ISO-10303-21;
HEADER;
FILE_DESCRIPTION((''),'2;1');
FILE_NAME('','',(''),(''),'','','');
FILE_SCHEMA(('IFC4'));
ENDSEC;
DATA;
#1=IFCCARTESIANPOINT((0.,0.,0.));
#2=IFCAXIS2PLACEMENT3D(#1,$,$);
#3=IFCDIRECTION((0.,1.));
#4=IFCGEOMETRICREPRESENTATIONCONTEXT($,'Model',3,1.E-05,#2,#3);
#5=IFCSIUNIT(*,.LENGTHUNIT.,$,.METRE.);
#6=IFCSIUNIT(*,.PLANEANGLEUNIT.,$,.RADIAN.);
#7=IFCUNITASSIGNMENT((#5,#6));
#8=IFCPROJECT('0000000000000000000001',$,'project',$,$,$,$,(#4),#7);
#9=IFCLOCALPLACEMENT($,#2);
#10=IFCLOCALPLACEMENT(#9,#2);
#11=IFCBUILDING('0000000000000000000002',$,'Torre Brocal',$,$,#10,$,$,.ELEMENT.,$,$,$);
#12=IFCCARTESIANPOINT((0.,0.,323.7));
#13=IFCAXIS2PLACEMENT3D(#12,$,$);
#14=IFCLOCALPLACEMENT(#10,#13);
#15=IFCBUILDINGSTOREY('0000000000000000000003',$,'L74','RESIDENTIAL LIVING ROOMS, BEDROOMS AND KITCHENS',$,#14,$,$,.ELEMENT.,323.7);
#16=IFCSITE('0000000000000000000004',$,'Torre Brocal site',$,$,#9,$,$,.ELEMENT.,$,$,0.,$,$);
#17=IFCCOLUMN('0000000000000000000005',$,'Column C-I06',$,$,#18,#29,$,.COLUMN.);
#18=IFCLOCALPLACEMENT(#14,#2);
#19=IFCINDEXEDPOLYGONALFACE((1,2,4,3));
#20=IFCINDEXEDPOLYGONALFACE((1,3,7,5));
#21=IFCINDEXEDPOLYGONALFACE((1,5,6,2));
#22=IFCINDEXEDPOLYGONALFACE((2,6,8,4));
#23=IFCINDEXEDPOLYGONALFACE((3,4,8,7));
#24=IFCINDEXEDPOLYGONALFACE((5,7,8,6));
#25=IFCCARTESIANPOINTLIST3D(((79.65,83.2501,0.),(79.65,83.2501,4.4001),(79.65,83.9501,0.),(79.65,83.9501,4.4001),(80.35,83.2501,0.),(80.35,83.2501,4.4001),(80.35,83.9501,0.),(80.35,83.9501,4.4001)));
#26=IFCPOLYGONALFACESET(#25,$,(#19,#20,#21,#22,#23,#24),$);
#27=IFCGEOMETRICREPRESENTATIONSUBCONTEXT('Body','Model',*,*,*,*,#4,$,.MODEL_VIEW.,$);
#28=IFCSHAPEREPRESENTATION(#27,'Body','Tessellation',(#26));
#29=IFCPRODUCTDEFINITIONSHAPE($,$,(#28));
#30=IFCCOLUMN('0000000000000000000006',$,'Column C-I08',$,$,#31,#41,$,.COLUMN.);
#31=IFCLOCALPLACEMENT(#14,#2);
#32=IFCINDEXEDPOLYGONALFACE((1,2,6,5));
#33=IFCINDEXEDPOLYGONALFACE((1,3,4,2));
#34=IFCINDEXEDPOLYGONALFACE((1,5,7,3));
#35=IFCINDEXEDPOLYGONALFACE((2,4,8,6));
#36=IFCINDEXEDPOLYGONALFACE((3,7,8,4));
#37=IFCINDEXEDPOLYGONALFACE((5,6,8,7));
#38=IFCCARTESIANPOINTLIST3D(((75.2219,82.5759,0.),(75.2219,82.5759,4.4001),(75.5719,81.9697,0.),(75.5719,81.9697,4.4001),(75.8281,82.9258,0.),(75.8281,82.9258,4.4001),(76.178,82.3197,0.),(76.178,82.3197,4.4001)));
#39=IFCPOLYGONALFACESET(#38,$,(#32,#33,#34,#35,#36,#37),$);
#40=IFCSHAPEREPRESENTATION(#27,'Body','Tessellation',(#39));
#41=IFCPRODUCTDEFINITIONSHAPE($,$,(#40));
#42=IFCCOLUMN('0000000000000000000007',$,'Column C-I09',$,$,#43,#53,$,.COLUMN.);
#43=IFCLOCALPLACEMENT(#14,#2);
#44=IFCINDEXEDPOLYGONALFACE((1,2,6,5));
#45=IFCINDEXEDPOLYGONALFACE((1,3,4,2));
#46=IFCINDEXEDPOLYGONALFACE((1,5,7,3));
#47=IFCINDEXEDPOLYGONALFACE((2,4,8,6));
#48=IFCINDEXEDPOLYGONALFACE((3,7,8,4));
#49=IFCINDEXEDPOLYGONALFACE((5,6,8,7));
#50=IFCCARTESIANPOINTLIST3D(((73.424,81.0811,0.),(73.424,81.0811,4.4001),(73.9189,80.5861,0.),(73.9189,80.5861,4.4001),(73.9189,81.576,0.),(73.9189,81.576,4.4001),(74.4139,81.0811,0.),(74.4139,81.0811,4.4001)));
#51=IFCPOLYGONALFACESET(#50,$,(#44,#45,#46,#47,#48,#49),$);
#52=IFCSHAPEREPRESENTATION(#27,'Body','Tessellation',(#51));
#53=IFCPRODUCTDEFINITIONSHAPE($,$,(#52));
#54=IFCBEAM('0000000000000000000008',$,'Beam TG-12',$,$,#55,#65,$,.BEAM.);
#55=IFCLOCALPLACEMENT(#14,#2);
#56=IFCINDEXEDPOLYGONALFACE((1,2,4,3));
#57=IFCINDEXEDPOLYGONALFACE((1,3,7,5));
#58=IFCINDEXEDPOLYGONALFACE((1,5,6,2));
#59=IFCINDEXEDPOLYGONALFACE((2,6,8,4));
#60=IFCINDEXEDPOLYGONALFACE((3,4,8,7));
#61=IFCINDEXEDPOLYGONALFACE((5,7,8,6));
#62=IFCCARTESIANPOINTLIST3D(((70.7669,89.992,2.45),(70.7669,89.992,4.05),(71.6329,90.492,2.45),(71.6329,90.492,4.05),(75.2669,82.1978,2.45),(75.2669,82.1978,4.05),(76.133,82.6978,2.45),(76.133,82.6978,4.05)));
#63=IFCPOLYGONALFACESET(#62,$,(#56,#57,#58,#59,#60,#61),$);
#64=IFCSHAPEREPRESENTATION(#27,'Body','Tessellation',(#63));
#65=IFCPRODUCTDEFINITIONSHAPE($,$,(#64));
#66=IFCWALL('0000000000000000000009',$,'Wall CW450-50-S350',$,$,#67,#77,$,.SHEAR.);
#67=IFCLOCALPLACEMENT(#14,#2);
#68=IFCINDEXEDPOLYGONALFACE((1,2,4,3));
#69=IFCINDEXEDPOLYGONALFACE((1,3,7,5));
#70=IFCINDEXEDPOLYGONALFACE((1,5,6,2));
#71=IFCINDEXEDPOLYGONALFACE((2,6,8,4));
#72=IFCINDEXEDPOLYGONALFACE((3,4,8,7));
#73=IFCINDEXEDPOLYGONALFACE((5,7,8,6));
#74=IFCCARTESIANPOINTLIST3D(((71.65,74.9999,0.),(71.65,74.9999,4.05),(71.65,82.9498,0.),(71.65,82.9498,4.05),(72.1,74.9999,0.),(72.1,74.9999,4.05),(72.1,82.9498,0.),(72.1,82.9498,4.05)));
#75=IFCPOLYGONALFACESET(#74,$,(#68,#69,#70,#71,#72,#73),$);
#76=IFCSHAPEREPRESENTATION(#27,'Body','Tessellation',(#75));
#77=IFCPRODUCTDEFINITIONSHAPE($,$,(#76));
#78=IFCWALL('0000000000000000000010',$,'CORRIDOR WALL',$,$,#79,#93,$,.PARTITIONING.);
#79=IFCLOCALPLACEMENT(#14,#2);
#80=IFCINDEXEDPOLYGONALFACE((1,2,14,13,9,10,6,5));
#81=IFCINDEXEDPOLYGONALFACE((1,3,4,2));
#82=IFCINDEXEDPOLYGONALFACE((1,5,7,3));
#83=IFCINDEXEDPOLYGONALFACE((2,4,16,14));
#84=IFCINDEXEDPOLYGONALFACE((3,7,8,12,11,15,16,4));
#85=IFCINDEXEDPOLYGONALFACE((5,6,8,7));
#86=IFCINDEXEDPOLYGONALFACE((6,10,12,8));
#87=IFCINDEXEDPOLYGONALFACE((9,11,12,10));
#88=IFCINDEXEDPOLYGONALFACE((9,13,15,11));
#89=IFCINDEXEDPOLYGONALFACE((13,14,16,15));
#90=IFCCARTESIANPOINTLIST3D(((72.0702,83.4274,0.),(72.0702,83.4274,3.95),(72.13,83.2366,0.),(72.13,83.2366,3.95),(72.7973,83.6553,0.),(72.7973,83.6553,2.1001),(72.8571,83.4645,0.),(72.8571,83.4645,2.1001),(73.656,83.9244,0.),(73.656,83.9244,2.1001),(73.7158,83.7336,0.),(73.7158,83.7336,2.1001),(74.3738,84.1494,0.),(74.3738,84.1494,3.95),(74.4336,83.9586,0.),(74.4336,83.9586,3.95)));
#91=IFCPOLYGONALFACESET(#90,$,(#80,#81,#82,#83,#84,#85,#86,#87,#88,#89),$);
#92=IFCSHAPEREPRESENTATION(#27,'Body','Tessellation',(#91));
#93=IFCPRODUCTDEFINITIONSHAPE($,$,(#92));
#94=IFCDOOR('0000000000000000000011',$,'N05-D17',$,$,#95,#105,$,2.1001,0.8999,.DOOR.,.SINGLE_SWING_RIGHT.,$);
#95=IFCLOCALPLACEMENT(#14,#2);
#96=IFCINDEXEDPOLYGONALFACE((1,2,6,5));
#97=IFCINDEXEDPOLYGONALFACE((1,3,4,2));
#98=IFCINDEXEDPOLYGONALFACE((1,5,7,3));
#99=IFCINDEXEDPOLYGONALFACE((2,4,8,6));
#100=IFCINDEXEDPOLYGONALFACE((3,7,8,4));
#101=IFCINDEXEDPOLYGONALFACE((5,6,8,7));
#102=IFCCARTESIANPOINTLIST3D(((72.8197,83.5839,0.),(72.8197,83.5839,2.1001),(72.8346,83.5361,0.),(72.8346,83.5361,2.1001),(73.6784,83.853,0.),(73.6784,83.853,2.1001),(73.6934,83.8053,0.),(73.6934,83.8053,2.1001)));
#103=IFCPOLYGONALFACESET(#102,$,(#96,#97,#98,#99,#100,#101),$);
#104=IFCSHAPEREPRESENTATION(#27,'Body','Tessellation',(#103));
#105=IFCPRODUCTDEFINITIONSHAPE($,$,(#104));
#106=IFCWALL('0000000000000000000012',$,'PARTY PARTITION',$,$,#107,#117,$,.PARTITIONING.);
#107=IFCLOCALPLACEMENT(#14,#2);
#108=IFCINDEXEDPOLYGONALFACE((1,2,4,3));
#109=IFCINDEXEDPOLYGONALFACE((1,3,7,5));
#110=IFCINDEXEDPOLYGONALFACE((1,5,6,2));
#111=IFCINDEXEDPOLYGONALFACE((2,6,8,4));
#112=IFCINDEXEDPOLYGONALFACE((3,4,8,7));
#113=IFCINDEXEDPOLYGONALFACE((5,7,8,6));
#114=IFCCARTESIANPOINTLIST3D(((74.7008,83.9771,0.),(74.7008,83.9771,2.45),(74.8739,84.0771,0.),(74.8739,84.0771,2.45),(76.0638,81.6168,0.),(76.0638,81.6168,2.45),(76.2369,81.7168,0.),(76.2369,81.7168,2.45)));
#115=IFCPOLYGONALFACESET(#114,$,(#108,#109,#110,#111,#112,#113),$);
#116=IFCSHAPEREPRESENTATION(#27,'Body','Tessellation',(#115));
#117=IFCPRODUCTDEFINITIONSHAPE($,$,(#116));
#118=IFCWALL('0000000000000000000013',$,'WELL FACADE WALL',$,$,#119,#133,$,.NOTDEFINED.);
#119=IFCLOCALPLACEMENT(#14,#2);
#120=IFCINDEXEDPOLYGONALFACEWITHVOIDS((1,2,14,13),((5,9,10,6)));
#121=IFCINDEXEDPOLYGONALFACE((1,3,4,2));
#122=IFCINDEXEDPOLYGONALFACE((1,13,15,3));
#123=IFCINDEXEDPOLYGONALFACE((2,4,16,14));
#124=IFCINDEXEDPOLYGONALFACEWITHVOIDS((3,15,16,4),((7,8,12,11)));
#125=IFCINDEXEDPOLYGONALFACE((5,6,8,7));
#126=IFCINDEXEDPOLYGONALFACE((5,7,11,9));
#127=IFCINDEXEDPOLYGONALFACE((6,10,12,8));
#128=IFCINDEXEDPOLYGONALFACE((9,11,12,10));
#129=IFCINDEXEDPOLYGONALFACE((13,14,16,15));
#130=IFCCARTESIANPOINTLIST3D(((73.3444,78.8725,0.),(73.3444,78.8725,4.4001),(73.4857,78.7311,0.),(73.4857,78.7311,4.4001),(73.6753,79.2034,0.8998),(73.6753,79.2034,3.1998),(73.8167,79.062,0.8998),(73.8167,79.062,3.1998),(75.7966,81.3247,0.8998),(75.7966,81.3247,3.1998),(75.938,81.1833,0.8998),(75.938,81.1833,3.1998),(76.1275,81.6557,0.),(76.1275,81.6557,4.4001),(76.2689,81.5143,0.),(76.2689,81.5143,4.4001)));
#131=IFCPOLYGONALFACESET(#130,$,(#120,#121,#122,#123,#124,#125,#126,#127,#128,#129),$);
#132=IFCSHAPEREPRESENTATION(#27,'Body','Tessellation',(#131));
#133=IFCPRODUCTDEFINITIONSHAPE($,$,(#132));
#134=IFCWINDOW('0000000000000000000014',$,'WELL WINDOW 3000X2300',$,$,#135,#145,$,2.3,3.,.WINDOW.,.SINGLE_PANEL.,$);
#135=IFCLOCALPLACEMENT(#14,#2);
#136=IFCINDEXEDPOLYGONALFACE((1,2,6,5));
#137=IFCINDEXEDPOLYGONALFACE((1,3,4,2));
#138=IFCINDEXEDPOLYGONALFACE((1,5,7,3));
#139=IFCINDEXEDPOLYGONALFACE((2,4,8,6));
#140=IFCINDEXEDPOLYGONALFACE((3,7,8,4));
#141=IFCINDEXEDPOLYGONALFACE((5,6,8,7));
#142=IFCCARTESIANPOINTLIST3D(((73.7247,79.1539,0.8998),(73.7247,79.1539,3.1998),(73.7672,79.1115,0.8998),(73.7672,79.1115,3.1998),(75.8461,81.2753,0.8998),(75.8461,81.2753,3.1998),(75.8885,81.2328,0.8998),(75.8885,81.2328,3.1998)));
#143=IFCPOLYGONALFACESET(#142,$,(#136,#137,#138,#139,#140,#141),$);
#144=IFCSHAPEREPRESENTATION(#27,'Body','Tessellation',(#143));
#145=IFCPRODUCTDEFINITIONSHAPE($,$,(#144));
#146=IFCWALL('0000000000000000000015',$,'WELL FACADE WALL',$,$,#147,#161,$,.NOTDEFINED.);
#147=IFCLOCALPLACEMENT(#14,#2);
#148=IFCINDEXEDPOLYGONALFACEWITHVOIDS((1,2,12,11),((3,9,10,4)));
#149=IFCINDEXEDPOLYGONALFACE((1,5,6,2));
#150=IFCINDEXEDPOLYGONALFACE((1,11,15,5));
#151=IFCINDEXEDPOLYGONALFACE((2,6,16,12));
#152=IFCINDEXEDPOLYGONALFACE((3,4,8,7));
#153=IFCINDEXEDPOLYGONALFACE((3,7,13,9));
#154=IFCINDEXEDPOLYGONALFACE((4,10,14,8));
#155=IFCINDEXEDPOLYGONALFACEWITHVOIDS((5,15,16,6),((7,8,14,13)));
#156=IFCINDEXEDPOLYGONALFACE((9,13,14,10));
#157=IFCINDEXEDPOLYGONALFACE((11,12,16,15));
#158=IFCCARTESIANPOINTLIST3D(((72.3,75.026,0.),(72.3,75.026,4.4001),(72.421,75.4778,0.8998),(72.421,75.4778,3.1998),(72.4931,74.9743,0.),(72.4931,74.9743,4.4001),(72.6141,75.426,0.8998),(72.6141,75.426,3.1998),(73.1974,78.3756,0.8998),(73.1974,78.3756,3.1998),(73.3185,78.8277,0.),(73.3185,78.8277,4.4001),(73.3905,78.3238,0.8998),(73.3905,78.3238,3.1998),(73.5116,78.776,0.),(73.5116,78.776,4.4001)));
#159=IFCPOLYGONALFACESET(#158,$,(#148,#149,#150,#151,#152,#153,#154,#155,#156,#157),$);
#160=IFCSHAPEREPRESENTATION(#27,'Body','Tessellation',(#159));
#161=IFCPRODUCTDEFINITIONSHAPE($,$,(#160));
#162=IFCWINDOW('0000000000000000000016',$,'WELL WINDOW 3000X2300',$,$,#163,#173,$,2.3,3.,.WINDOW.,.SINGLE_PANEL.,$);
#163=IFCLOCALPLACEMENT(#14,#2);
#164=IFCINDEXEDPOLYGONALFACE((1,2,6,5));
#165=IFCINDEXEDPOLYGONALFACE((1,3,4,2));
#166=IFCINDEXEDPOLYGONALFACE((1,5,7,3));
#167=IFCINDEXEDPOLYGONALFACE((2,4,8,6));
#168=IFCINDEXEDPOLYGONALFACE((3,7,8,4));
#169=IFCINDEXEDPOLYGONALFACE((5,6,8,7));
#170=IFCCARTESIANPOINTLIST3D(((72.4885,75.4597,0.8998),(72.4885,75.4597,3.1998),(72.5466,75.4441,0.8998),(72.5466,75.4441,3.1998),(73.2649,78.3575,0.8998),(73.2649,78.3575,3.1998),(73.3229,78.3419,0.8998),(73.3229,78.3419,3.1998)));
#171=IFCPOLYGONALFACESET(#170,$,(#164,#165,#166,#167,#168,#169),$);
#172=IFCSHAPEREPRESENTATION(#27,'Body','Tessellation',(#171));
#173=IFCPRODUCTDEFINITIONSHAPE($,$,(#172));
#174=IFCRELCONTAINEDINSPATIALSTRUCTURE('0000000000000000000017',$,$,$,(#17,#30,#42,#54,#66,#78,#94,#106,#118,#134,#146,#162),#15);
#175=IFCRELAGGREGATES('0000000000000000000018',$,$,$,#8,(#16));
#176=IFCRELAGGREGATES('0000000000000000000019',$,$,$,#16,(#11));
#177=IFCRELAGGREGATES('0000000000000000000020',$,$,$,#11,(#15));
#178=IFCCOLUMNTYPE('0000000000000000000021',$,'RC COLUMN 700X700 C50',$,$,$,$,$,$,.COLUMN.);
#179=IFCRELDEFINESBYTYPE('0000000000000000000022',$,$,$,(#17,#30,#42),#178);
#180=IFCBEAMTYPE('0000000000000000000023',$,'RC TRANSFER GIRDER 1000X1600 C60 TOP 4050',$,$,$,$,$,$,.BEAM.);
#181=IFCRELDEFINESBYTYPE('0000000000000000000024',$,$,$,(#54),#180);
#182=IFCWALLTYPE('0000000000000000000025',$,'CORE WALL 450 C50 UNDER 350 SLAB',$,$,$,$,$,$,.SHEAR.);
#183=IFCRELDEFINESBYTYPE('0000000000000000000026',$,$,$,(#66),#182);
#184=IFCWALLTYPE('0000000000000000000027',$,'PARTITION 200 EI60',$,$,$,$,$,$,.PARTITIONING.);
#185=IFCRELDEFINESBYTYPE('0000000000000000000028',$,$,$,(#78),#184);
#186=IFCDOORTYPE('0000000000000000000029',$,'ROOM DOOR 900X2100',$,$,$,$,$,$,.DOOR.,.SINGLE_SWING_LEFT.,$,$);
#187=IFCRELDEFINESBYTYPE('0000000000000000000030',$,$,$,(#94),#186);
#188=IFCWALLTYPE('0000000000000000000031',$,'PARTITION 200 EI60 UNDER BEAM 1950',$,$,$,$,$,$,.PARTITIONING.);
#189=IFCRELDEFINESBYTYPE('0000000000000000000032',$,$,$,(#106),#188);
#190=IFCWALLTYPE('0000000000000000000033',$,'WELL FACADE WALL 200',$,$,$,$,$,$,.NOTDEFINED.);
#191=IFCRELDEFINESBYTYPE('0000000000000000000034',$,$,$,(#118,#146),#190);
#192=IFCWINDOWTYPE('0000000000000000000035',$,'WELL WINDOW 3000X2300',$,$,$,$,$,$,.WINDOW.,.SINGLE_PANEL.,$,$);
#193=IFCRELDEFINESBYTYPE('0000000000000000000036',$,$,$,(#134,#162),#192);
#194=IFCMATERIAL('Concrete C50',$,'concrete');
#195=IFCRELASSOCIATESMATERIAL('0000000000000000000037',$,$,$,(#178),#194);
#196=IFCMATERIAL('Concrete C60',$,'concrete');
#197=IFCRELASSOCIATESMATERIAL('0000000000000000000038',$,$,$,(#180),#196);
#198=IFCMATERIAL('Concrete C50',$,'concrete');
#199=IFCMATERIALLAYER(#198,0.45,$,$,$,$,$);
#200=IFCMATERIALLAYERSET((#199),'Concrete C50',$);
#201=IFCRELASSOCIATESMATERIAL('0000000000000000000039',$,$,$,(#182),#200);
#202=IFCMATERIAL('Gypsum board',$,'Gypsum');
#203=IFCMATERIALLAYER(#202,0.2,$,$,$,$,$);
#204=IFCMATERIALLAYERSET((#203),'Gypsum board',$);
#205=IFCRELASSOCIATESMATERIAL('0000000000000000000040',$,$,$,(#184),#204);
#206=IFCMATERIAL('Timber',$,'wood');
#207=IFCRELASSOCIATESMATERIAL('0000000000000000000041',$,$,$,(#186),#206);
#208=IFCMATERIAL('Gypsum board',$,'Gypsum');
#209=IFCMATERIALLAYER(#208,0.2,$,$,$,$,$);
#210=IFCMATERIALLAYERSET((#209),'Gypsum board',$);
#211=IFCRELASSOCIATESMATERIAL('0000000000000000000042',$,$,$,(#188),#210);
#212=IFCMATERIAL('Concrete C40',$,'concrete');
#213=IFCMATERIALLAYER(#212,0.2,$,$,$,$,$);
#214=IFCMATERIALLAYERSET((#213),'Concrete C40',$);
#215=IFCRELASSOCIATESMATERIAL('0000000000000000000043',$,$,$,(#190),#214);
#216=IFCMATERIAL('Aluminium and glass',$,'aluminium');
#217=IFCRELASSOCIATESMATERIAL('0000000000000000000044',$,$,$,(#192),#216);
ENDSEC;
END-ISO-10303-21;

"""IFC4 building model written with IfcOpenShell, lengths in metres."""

from ifc_helpers import new_model, si_unit, direction, frame, frame_2d, origin, origin_2d, place, context, subcontext, project, spatial, rectangle, extrude, material, layer, layer_set, material_profile, profile_set, type_object, element, fill, save


model = new_model("IFC4")

# Units and contexts
model_context = context("Model", 3, precision=1e-05, world=origin(), true_north=direction((0.0, 1.0)))
body_context = subcontext(model_context, "Body", "Model", "MODEL_VIEW")
ifc_project = project(units=[si_unit("LENGTHUNIT", "METRE"), si_unit("PLANEANGLEUNIT", "RADIAN")], contexts=[model_context])

# Site, building, storey
site_placement = place(None, origin())
site = spatial("IfcSite", under=ifc_project, at=site_placement, Name="Torre Brocal site", CompositionType="ELEMENT", RefElevation=0.0)
building_placement = place(site_placement, origin())
building = spatial("IfcBuilding", under=site, at=building_placement, Name="Torre Brocal", CompositionType="ELEMENT")
storey_placement = place(building_placement, frame((0.0, 0.0, 323.7)))
storey = spatial("IfcBuildingStorey", under=building, at=storey_placement, Name="L74", Description="RESIDENTIAL LIVING ROOMS, BEDROOMS AND KITCHENS", CompositionType="ELEMENT", Elevation=323.7)

# Columns
ifc_material_1 = material(Name="Concrete C50", Category="concrete")
ifc_material_profile_1 = material_profile(ifc_material_1, rectangle(XDim=0.7, YDim=0.7, at=origin_2d()), Name="RC 700X700")
ifc_profile_set_1 = profile_set([ifc_material_profile_1], Name="Concrete C50")
column_type = type_object("IfcColumnType", Name="RC COLUMN 700X700 C50", PredefinedType="COLUMN", material=ifc_profile_set_1)
for number, where, z_axis, x_axis, name in (
    (1, (80.0, 83.6001, 0.0), (0.0, 0.0, 1.0), (0.0, 1.0, 0.0), "Column C-I06"),
    (2, (75.7, 82.4478, 0.0), (0.0, 0.0, 1.0), (-0.5, 0.866025, 0.0), "Column C-I08"),
    (3, (73.9189, 81.0811, 0.0), (0.0, 0.0, 1.0), (-0.707107, 0.707107, 0.0), "Column C-I09"),
):
    element("IfcColumn", number, at=place(storey_placement, frame(where, z_axis=z_axis, x_axis=x_axis)), inside=storey, type_object=column_type, Name=name, PredefinedType="COLUMN", context=body_context, shape_type="SweptSolid", body=[
        extrude(rectangle(XDim=0.7, YDim=0.7, at=origin_2d()), origin(), (0.0, 0.0, 1.0), 4.4001),
    ])

# Beam
ifc_material_2 = material(Name="Concrete C60", Category="concrete")
ifc_material_profile_2 = material_profile(ifc_material_2, rectangle(XDim=1.0, YDim=1.6001, at=origin_2d()), Name="RC 1000X1600")
ifc_profile_set_2 = profile_set([ifc_material_profile_2], Name="Concrete C60")
beam_type = type_object("IfcBeamType", Name="RC TRANSFER GIRDER 1000X1600 C60 TOP 4050", PredefinedType="BEAM", material=ifc_profile_set_2)
beam_placement = place(storey_placement, frame((75.7, 82.4478, 3.25), z_axis=(-0.500002, 0.866024, 0.0), x_axis=(-0.866024, -0.500002, 0.0)))
element("IfcBeam", 4, at=beam_placement, inside=storey, type_object=beam_type, Name="Beam TG-12", PredefinedType="BEAM", context=body_context, shape_type="SweptSolid", body=[
    extrude(rectangle(XDim=1.0, YDim=1.6001, at=origin_2d()), origin(), (0.0, 0.0, 1.0), 9.0),
])

# Shared definitions
ifc_material_3 = material(Name="Concrete C50", Category="concrete")
ifc_layer_1 = layer(ifc_material_3, 0.45)
ifc_layer_set_1 = layer_set([ifc_layer_1], Name="Concrete C50")
wall_type_1 = type_object("IfcWallType", Name="CORE WALL 450 C50 UNDER 350 SLAB", PredefinedType="SHEAR", material=ifc_layer_set_1)

# Wall
wall_1_placement = place(storey_placement, frame((71.875, 82.95, 0.0), z_axis=(0.0, 0.0, 1.0), x_axis=(0.0, -1.0, 0.0)))
element("IfcWall", 5, at=wall_1_placement, inside=storey, type_object=wall_type_1, Name="Wall CW450-50-S350", PredefinedType="SHEAR", context=body_context, shape_type="SweptSolid", body=[
    extrude(rectangle(XDim=7.95, YDim=0.45, at=frame_2d((3.9751, 0.0))), origin(), (0.0, 0.0, 1.0), 4.05),
])

# Wall, opening, door
ifc_material_4 = material(Name="Gypsum board", Category="Gypsum")
ifc_layer_2 = layer(ifc_material_4, 0.2)
ifc_layer_set_2 = layer_set([ifc_layer_2], Name="Gypsum board")
wall_type_2 = type_object("IfcWallType", Name="PARTITION 200 EI60", PredefinedType="PARTITIONING", material=ifc_layer_set_2)
wall_2_placement = place(storey_placement, frame((72.1001, 83.332, 0.0), z_axis=(0.0, 0.0, 1.0), x_axis=(0.954233, 0.299064, 0.0)))
wall_2 = element("IfcWall", 6, at=wall_2_placement, inside=storey, type_object=wall_type_2, Name="CORRIDOR WALL", PredefinedType="PARTITIONING", context=body_context, shape_type="SweptSolid", body=[
    extrude(rectangle(XDim=2.4141, YDim=0.2, at=frame_2d((1.207, 0.0))), origin(), (0.0, 0.0, 1.0), 3.95),
])
opening_1_placement = place(wall_2_placement, frame((0.762, 0.0, 0.0)))
opening_1 = element("IfcOpeningElement", 7, at=opening_1_placement, cuts=wall_2, PredefinedType="OPENING", context=body_context, shape_type="SweptSolid", body=[
    extrude(rectangle(XDim=0.8999, YDim=2.1001, at=frame_2d((0.45, 1.05))), frame((0.0, 0.1099, 0.0), z_axis=(0.0, -1.0, 0.0), x_axis=(1.0, 0.0, 0.0)), (0.0, 0.0, 1.0), 0.22),
])
ifc_material_5 = material(Name="Timber", Category="wood")
door_type_1 = type_object("IfcDoorType", Name="ROOM DOOR 900X2100", OperationType="SINGLE_SWING_LEFT", PredefinedType="DOOR", material=ifc_material_5)
door_1_placement = place(opening_1_placement, frame((0.8999, 0.0, 0.0), z_axis=(0.0, 0.0, 1.0), x_axis=(-1.0, 0.0, 0.0)))
door_1 = element("IfcDoor", 8, at=door_1_placement, inside=storey, type_object=door_type_1, Name="N05-D17", OperationType="SINGLE_SWING_RIGHT", OverallHeight=2.1001, OverallWidth=0.8999, PredefinedType="DOOR", context=body_context, shape_type="SweptSolid", body=[
    extrude(rectangle(XDim=0.8999, YDim=2.1001, at=frame_2d((0.45, 1.05))), frame((0.0, 0.0249, 0.0), z_axis=(0.0, -1.0, 0.0), x_axis=(1.0, 0.0, 0.0)), (0.0, 0.0, 1.0), 0.05),
])
fill(opening_1, door_1)

# Wall
ifc_material_6 = material(Name="Gypsum board", Category="Gypsum")
ifc_layer_3 = layer(ifc_material_6, 0.2)
ifc_layer_set_3 = layer_set([ifc_layer_3], Name="Gypsum board")
wall_type_3 = type_object("IfcWallType", Name="PARTITION 200 EI60 UNDER BEAM 1950", PredefinedType="PARTITIONING", material=ifc_layer_set_3)
wall_3_placement = place(storey_placement, frame((74.7874, 84.0271, 0.0), z_axis=(0.0, 0.0, 1.0), x_axis=(0.500079, -0.86598, 0.0)))
element("IfcWall", 9, at=wall_3_placement, inside=storey, type_object=wall_type_3, Name="PARTY PARTITION", PredefinedType="PARTITIONING", context=body_context, shape_type="SweptSolid", body=[
    extrude(rectangle(XDim=2.7256, YDim=0.2, at=frame_2d((1.3628, 0.0))), origin(), (0.0, 0.0, 1.0), 2.45),
])

# Walls, openings, windows
ifc_material_7 = material(Name="Concrete C40", Category="concrete")
ifc_layer_4 = layer(ifc_material_7, 0.2)
ifc_layer_set_4 = layer_set([ifc_layer_4], Name="Concrete C40")
wall_type_4 = type_object("IfcWallType", Name="WELL FACADE WALL 200", PredefinedType="NOTDEFINED", material=ifc_layer_set_4)
wall_4_placement = place(storey_placement, frame((76.1982, 81.585, 0.0), z_axis=(0.0, 0.0, 1.0), x_axis=(-0.707107, -0.707107, 0.0)))
wall_4 = element("IfcWall", 10, at=wall_4_placement, inside=storey, type_object=wall_type_4, Name="WELL FACADE WALL", PredefinedType="NOTDEFINED", context=body_context, shape_type="SweptSolid", body=[
    extrude(rectangle(XDim=3.936, YDim=0.2, at=frame_2d((1.968, 0.0))), origin(), (0.0, 0.0, 1.0), 4.4001),
])
opening_2_placement = place(wall_4_placement, frame((0.468, 0.0, 0.8999)))
opening_2 = element("IfcOpeningElement", 11, at=opening_2_placement, cuts=wall_4, PredefinedType="OPENING", context=body_context, shape_type="SweptSolid", body=[
    extrude(rectangle(XDim=3.0, YDim=2.3, at=frame_2d((1.5, 1.1499))), frame((0.0, 0.1099, 0.0), z_axis=(0.0, -1.0, 0.0), x_axis=(1.0, 0.0, 0.0)), (0.0, 0.0, 1.0), 0.22),
])
ifc_material_8 = material(Name="Aluminium and glass", Category="aluminium")
window_type = type_object("IfcWindowType", Name="WELL WINDOW 3000X2300", PartitioningType="SINGLE_PANEL", PredefinedType="WINDOW", material=ifc_material_8)
window_1_placement = place(opening_2_placement, origin())
window_1 = element("IfcWindow", 12, at=window_1_placement, inside=storey, type_object=window_type, Name="WELL WINDOW 3000X2300", OverallHeight=2.3, OverallWidth=3.0, PartitioningType="SINGLE_PANEL", PredefinedType="WINDOW", context=body_context, shape_type="SweptSolid", body=[
    extrude(rectangle(XDim=3.0, YDim=2.3, at=frame_2d((1.5, 1.1499))), frame((0.0, 0.03, 0.0), z_axis=(0.0, -1.0, 0.0), x_axis=(1.0, 0.0, 0.0)), (0.0, 0.0, 1.0), 0.0601),
])
fill(opening_2, window_1)
wall_5_placement = place(storey_placement, frame((73.415, 78.8018, 0.0), z_axis=(0.0, 0.0, 1.0), x_axis=(-0.25879, -0.965934, 0.0)))
wall_5 = element("IfcWall", 13, at=wall_5_placement, inside=storey, type_object=wall_type_4, Name="WELL FACADE WALL", PredefinedType="NOTDEFINED", context=body_context, shape_type="SweptSolid", body=[
    extrude(rectangle(XDim=3.9358, YDim=0.2, at=frame_2d((1.9678, 0.0))), origin(), (0.0, 0.0, 1.0), 4.4001),
])
opening_3_placement = place(wall_5_placement, frame((0.468, 0.0, 0.8999)))
opening_3 = element("IfcOpeningElement", 14, at=opening_3_placement, cuts=wall_5, PredefinedType="OPENING", context=body_context, shape_type="SweptSolid", body=[
    extrude(rectangle(XDim=3.0, YDim=2.3, at=frame_2d((1.5, 1.1499))), frame((0.0, 0.1099, 0.0), z_axis=(0.0, -1.0, 0.0), x_axis=(1.0, 0.0, 0.0)), (0.0, 0.0, 1.0), 0.22),
])
window_2_placement = place(opening_3_placement, origin())
window_2 = element("IfcWindow", 15, at=window_2_placement, inside=storey, type_object=window_type, Name="WELL WINDOW 3000X2300", OverallHeight=2.3, OverallWidth=3.0, PartitioningType="SINGLE_PANEL", PredefinedType="WINDOW", context=body_context, shape_type="SweptSolid", body=[
    extrude(rectangle(XDim=3.0, YDim=2.3, at=frame_2d((1.5, 1.1499))), frame((0.0, 0.03, 0.0), z_axis=(0.0, -1.0, 0.0), x_axis=(1.0, 0.0, 0.0)), (0.0, 0.0, 1.0), 0.0601),
])
fill(opening_3, window_2)

save(model, "model.ifc")
